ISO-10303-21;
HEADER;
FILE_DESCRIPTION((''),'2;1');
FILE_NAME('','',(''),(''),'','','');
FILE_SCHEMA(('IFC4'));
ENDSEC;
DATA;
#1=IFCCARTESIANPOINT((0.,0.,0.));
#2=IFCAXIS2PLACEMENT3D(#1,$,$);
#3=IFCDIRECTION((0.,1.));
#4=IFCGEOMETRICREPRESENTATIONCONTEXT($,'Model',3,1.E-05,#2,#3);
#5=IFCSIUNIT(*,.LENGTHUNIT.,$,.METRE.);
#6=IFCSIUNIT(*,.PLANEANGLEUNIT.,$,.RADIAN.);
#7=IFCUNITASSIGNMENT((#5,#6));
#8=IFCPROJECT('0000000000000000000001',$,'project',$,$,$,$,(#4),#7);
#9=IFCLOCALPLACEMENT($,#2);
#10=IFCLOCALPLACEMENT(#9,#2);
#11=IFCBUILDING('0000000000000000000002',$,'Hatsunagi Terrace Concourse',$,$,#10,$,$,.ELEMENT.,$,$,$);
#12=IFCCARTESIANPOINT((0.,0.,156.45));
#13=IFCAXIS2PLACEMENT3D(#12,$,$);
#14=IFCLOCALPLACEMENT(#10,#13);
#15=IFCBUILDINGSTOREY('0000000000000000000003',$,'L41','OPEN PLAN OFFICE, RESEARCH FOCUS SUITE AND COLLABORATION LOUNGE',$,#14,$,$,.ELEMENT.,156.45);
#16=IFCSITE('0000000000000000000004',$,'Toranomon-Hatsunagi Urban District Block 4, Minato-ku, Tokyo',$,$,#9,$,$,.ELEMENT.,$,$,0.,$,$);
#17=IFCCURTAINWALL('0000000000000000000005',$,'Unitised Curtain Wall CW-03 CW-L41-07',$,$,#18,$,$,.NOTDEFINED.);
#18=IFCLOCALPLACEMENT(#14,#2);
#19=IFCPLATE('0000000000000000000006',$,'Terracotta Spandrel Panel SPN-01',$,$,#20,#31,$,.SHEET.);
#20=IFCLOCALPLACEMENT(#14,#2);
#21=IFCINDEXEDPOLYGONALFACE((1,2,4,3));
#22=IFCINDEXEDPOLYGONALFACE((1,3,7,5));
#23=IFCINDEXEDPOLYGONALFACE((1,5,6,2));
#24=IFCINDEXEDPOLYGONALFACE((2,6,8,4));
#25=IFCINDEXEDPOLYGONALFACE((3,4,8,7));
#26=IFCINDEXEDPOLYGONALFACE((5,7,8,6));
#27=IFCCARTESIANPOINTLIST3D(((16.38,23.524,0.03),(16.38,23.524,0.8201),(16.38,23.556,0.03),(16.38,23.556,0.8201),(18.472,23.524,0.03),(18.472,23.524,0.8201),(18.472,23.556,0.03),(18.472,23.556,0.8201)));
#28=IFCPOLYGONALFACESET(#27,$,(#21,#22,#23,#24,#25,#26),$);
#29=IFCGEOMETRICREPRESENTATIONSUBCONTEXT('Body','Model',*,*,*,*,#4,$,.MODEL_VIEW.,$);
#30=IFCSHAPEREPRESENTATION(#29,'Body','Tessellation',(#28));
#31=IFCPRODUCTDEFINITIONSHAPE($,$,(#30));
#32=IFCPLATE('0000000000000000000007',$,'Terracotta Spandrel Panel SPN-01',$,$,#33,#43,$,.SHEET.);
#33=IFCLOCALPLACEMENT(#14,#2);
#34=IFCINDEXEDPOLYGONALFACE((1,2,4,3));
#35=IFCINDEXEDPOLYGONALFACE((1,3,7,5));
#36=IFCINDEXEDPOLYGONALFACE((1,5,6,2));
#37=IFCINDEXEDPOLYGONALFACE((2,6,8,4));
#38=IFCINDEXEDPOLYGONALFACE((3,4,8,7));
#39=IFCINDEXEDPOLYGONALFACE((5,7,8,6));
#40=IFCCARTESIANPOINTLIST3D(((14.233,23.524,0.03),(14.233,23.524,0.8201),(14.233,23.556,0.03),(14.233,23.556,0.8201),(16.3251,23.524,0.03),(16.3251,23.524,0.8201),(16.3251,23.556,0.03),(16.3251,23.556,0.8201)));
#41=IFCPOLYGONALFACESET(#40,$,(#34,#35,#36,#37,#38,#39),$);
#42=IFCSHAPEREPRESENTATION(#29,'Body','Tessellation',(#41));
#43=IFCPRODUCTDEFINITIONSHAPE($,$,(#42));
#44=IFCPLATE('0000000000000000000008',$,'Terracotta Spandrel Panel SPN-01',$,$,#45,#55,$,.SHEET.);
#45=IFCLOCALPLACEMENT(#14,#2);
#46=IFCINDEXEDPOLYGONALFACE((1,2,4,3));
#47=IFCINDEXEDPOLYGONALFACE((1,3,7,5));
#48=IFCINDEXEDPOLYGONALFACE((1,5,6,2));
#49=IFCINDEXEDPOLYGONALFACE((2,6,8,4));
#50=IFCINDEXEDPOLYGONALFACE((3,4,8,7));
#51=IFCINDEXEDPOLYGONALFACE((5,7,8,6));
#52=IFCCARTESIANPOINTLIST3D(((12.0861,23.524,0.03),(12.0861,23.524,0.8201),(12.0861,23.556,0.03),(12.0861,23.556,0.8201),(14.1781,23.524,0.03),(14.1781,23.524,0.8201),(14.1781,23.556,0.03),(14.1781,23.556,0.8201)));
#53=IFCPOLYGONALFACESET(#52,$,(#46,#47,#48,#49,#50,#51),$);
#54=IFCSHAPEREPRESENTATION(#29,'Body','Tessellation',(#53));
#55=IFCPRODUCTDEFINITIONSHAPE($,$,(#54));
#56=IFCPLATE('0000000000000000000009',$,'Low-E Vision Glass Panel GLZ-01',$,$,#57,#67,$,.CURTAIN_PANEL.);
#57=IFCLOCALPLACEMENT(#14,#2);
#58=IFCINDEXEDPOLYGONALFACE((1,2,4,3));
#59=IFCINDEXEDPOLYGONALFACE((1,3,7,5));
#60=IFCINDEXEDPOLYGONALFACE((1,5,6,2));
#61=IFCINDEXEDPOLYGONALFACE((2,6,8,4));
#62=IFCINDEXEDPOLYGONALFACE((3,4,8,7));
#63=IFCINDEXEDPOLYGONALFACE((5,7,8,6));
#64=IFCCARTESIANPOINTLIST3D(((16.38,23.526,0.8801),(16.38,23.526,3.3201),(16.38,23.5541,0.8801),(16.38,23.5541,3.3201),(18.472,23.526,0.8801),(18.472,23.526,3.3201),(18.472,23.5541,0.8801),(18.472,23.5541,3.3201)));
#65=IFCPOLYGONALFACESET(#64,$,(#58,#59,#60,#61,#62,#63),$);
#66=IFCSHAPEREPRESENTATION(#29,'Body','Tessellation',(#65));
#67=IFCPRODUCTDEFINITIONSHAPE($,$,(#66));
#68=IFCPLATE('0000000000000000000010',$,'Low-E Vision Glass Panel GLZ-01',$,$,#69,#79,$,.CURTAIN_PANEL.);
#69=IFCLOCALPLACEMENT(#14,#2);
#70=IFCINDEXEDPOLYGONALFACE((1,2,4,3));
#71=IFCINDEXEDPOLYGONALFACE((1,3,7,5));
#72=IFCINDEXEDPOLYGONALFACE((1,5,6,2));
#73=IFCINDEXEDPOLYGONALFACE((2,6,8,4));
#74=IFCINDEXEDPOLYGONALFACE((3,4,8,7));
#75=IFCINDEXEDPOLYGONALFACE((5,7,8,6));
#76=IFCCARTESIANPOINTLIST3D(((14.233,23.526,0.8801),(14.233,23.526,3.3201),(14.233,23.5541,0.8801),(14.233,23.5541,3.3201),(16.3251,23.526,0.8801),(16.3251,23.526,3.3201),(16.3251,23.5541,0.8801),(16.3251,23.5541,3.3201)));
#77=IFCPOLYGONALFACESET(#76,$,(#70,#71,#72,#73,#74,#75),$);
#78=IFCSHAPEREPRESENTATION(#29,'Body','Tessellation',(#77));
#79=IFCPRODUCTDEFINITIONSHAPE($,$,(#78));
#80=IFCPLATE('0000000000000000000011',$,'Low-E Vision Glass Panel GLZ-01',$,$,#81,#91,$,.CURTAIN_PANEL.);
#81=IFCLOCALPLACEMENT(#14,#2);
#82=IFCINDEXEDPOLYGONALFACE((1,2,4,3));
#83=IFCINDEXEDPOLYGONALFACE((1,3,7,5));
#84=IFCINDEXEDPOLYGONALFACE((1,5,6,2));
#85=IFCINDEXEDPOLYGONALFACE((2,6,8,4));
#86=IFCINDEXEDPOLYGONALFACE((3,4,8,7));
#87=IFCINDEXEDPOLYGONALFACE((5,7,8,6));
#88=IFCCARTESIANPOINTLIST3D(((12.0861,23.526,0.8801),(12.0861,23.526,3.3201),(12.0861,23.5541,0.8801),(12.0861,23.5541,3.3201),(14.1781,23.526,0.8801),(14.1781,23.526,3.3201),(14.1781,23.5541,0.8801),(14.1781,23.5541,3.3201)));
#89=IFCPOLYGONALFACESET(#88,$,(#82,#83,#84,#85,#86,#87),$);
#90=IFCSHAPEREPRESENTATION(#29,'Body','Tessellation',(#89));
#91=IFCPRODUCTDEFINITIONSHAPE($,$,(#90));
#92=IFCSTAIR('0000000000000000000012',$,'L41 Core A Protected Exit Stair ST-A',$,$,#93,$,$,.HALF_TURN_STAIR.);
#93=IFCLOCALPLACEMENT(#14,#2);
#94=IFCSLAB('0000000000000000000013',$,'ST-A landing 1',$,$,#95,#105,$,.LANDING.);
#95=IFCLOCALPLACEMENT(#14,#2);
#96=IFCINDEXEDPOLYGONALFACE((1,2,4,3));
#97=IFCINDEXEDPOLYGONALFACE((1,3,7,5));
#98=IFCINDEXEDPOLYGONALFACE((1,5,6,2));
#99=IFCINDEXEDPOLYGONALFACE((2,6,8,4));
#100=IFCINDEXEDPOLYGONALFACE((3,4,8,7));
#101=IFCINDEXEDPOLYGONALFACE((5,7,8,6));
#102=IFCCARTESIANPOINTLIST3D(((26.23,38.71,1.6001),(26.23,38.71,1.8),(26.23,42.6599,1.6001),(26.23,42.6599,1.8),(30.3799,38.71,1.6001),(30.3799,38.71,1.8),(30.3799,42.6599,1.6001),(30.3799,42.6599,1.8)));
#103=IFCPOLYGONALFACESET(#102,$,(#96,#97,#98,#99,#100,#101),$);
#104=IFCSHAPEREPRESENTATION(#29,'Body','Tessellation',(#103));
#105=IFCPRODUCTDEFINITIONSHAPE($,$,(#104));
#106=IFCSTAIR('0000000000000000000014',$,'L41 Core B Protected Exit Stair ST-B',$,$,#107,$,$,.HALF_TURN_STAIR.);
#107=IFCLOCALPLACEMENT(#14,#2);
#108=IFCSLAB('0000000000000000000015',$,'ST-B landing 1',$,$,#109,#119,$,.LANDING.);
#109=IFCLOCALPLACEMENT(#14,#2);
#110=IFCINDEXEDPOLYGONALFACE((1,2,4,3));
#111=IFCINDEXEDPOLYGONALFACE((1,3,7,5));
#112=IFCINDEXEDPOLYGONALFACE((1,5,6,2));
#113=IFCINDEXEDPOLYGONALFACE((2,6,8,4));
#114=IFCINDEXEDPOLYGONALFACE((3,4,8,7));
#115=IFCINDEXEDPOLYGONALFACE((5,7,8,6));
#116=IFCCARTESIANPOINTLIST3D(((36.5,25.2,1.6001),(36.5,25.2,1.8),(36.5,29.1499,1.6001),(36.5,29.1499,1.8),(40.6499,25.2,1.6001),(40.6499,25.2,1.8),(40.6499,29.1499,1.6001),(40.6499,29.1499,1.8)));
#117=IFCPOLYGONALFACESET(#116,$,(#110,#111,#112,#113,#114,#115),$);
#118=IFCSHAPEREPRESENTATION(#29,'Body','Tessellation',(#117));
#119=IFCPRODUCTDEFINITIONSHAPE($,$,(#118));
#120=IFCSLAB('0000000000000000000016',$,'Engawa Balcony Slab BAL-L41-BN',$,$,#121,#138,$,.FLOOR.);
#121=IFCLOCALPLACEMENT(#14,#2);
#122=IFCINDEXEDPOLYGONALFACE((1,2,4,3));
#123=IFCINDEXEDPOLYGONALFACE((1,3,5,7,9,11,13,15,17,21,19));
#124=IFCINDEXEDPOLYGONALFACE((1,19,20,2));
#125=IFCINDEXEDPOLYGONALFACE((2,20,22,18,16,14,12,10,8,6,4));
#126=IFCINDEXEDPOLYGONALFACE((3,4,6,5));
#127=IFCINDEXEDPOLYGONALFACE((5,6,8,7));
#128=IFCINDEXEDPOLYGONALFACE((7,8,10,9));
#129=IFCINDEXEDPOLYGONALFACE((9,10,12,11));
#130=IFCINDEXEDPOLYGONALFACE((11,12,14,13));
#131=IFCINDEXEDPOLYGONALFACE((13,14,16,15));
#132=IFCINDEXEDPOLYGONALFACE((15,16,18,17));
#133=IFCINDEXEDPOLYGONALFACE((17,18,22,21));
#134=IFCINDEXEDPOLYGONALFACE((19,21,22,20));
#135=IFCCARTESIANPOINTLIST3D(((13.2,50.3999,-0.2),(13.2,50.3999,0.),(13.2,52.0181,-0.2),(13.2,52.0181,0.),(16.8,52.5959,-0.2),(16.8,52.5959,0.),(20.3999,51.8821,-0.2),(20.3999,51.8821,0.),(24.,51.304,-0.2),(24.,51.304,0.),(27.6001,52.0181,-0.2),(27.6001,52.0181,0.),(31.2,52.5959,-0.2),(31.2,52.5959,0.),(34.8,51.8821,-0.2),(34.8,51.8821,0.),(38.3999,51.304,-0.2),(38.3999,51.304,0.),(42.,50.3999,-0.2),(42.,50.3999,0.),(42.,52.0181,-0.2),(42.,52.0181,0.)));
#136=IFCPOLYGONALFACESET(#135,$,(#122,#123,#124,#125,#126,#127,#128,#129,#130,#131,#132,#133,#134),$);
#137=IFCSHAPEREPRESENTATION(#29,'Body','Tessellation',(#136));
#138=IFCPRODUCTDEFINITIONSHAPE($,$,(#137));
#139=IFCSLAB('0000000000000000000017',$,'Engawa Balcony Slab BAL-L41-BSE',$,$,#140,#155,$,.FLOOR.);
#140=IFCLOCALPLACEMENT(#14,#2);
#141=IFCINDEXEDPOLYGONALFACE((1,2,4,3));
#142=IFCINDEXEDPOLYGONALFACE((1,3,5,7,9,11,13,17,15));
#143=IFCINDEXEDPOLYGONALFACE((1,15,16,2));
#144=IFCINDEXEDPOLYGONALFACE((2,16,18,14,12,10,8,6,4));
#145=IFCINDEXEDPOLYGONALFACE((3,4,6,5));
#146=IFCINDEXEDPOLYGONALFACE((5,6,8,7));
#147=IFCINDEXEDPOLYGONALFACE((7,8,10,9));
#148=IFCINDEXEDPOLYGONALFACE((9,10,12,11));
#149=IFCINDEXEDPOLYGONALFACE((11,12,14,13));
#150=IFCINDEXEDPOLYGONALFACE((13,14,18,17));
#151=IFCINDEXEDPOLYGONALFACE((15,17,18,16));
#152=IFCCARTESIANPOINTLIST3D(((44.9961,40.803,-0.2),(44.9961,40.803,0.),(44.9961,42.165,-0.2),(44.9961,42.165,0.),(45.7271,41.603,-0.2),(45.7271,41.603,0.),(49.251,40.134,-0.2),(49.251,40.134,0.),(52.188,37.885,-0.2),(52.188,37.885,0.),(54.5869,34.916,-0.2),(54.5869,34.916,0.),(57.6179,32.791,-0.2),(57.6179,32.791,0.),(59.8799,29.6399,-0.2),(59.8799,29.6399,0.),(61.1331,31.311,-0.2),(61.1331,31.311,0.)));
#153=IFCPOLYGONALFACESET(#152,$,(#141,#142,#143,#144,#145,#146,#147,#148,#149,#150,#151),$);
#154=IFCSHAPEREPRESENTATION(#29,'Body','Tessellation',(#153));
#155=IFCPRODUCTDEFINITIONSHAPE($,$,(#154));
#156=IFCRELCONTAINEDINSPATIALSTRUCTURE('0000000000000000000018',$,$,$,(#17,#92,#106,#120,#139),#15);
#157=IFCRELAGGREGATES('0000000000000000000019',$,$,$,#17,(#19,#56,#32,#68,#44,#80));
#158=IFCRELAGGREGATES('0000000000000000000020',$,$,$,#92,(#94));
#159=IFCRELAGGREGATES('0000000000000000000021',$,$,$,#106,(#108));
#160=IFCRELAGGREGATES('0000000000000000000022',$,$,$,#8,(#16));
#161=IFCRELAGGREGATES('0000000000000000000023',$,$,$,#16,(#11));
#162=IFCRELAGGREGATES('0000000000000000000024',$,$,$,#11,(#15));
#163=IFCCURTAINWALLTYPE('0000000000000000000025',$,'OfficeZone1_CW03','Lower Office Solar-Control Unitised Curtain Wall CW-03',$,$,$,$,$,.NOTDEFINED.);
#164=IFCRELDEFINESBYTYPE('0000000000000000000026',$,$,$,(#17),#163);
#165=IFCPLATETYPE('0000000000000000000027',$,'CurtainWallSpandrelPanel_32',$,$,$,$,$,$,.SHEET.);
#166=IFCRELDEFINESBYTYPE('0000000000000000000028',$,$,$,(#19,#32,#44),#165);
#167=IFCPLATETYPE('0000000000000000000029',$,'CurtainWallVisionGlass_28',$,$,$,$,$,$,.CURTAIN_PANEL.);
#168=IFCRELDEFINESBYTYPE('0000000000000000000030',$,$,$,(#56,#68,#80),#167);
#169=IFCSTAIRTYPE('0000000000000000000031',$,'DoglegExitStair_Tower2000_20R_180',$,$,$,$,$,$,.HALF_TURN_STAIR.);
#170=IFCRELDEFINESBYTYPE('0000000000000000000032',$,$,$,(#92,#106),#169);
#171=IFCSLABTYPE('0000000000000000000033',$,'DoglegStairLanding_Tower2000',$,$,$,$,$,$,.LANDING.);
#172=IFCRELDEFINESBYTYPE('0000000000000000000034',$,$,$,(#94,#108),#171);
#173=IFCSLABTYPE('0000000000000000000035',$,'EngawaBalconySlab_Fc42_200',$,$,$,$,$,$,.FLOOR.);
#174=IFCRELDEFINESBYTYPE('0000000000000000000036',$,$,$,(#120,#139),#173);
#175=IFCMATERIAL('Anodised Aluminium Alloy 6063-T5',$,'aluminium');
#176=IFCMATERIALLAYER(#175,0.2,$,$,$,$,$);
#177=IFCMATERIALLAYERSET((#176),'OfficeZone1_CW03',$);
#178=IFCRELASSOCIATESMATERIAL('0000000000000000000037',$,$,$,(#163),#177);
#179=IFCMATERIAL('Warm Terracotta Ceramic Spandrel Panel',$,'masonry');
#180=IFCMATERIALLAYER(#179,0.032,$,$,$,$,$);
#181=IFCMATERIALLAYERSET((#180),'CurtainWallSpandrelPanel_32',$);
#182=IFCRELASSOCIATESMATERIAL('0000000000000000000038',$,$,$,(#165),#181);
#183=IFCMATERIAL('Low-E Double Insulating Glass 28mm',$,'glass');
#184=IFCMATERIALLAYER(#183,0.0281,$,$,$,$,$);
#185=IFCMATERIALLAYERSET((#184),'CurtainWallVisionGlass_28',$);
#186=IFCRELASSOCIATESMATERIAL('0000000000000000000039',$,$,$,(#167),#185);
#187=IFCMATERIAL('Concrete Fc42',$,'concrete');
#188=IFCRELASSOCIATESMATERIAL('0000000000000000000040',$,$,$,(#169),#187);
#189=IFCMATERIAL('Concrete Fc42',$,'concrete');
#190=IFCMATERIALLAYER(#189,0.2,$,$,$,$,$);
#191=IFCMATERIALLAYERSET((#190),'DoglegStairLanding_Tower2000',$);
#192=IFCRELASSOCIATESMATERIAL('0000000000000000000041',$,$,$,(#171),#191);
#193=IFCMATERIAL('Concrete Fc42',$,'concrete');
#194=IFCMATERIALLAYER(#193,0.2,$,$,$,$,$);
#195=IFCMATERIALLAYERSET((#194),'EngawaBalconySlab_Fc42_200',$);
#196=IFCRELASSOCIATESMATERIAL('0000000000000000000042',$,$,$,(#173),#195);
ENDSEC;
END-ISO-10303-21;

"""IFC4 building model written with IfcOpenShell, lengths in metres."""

from ifc_helpers import new_model, si_unit, direction, frame, origin, origin_2d, place, context, subcontext, project, spatial, polyline, rectangle, outline, extrude, material, layer, layer_set, type_object, element, aggregate, save


model = new_model("IFC4")

# Units and contexts
model_context = context("Model", 3, precision=1e-05, world=origin(), true_north=direction((0.0, 1.0)))
body_context = subcontext(model_context, "Body", "Model", "MODEL_VIEW")
ifc_project = project(units=[si_unit("LENGTHUNIT", "METRE"), si_unit("PLANEANGLEUNIT", "RADIAN")], contexts=[model_context])

# Site, building, storey
site_placement = place(None, origin())
site = spatial("IfcSite", under=ifc_project, at=site_placement, Name="Toranomon-Hatsunagi Urban District Block 4, Minato-ku, Tokyo", CompositionType="ELEMENT", RefElevation=0.0)
building_placement = place(site_placement, origin())
building = spatial("IfcBuilding", under=site, at=building_placement, Name="Hatsunagi Terrace Concourse", CompositionType="ELEMENT")
storey_placement = place(building_placement, frame((0.0, 0.0, 156.45)))
storey = spatial("IfcBuildingStorey", under=building, at=storey_placement, Name="L41", Description="OPEN PLAN OFFICE, RESEARCH FOCUS SUITE AND COLLABORATION LOUNGE", CompositionType="ELEMENT", Elevation=156.45)

# Curtain wall
ifc_material_1 = material(Name="Anodised Aluminium Alloy 6063-T5", Category="aluminium")
ifc_layer_1 = layer(ifc_material_1, 0.2)
ifc_layer_set_1 = layer_set([ifc_layer_1], Name="OfficeZone1_CW03")
curtain_wall_type = type_object("IfcCurtainWallType", Name="OfficeZone1_CW03", Description="Lower Office Solar-Control Unitised Curtain Wall CW-03", PredefinedType="NOTDEFINED", material=ifc_layer_set_1)
curtain_wall_placement = place(storey_placement, origin())
curtain_wall = element("IfcCurtainWall", 1, at=curtain_wall_placement, inside=storey, type_object=curtain_wall_type, Name="Unitised Curtain Wall CW-03 CW-L41-07", PredefinedType="NOTDEFINED")

# Plates
ifc_material_2 = material(Name="Warm Terracotta Ceramic Spandrel Panel", Category="masonry")
ifc_layer_2 = layer(ifc_material_2, 0.032)
ifc_layer_set_2 = layer_set([ifc_layer_2], Name="CurtainWallSpandrelPanel_32")
plate_type_1 = type_object("IfcPlateType", Name="CurtainWallSpandrelPanel_32", PredefinedType="SHEET", material=ifc_layer_set_2)
plate_1_placement = place(storey_placement, frame((17.426, 23.54, 0.03), z_axis=(0.0, 0.0, 1.0), x_axis=(-1.0, 0.0, 0.0)))
plate_1 = element("IfcPlate", 2, at=plate_1_placement, type_object=plate_type_1, Name="Terracotta Spandrel Panel SPN-01", PredefinedType="SHEET", context=body_context, shape_type="SweptSolid", body=[
    extrude(rectangle(XDim=2.092, YDim=0.032, at=origin_2d()), origin(), (0.0, 0.0, 1.0), 0.79),
])
plate_2_placement = place(storey_placement, frame((15.2791, 23.54, 0.03), z_axis=(0.0, 0.0, 1.0), x_axis=(-1.0, 0.0, 0.0)))
plate_2 = element("IfcPlate", 3, at=plate_2_placement, type_object=plate_type_1, Name="Terracotta Spandrel Panel SPN-01", PredefinedType="SHEET", context=body_context, shape_type="SweptSolid", body=[
    extrude(rectangle(XDim=2.092, YDim=0.032, at=origin_2d()), origin(), (0.0, 0.0, 1.0), 0.79),
])
plate_3_placement = place(storey_placement, frame((13.1321, 23.54, 0.03), z_axis=(0.0, 0.0, 1.0), x_axis=(-1.0, 0.0, 0.0)))
plate_3 = element("IfcPlate", 4, at=plate_3_placement, type_object=plate_type_1, Name="Terracotta Spandrel Panel SPN-01", PredefinedType="SHEET", context=body_context, shape_type="SweptSolid", body=[
    extrude(rectangle(XDim=2.092, YDim=0.032, at=origin_2d()), origin(), (0.0, 0.0, 1.0), 0.79),
])
ifc_material_3 = material(Name="Low-E Double Insulating Glass 28mm", Category="glass")
ifc_layer_3 = layer(ifc_material_3, 0.0281)
ifc_layer_set_3 = layer_set([ifc_layer_3], Name="CurtainWallVisionGlass_28")
plate_type_2 = type_object("IfcPlateType", Name="CurtainWallVisionGlass_28", PredefinedType="CURTAIN_PANEL", material=ifc_layer_set_3)
plate_4_placement = place(storey_placement, frame((17.426, 23.54, 0.8801), z_axis=(0.0, 0.0, 1.0), x_axis=(-1.0, 0.0, 0.0)))
plate_4 = element("IfcPlate", 5, at=plate_4_placement, type_object=plate_type_2, Name="Low-E Vision Glass Panel GLZ-01", PredefinedType="CURTAIN_PANEL", context=body_context, shape_type="SweptSolid", body=[
    extrude(rectangle(XDim=2.092, YDim=0.0281, at=origin_2d()), origin(), (0.0, 0.0, 1.0), 2.4399),
])
plate_5_placement = place(storey_placement, frame((15.2791, 23.54, 0.8801), z_axis=(0.0, 0.0, 1.0), x_axis=(-1.0, 0.0, 0.0)))
plate_5 = element("IfcPlate", 6, at=plate_5_placement, type_object=plate_type_2, Name="Low-E Vision Glass Panel GLZ-01", PredefinedType="CURTAIN_PANEL", context=body_context, shape_type="SweptSolid", body=[
    extrude(rectangle(XDim=2.092, YDim=0.0281, at=origin_2d()), origin(), (0.0, 0.0, 1.0), 2.4399),
])
plate_6_placement = place(storey_placement, frame((13.1321, 23.54, 0.8801), z_axis=(0.0, 0.0, 1.0), x_axis=(-1.0, 0.0, 0.0)))
plate_6 = element("IfcPlate", 7, at=plate_6_placement, type_object=plate_type_2, Name="Low-E Vision Glass Panel GLZ-01", PredefinedType="CURTAIN_PANEL", context=body_context, shape_type="SweptSolid", body=[
    extrude(rectangle(XDim=2.092, YDim=0.0281, at=origin_2d()), origin(), (0.0, 0.0, 1.0), 2.4399),
])
aggregate(curtain_wall, [plate_1, plate_4, plate_2, plate_5, plate_3, plate_6])

# Stairs, slabs
ifc_material_4 = material(Name="Concrete Fc42", Category="concrete")
stair_type = type_object("IfcStairType", Name="DoglegExitStair_Tower2000_20R_180", PredefinedType="HALF_TURN_STAIR", material=ifc_material_4)
stair_1_placement = place(storey_placement, origin())
stair_1 = element("IfcStair", 8, at=stair_1_placement, inside=storey, type_object=stair_type, Name="L41 Core A Protected Exit Stair ST-A", PredefinedType="HALF_TURN_STAIR")
ifc_material_5 = material(Name="Concrete Fc42", Category="concrete")
ifc_layer_4 = layer(ifc_material_5, 0.2)
ifc_layer_set_4 = layer_set([ifc_layer_4], Name="DoglegStairLanding_Tower2000")
slab_type_1 = type_object("IfcSlabType", Name="DoglegStairLanding_Tower2000", PredefinedType="LANDING", material=ifc_layer_set_4)
slab_1_placement = place(storey_placement, frame((0.0, 0.0, 1.6001)))
slab_1 = element("IfcSlab", 9, at=slab_1_placement, type_object=slab_type_1, Name="ST-A landing 1", PredefinedType="LANDING", context=body_context, shape_type="SweptSolid", body=[
    extrude(outline(polyline([(30.3799, 38.71), (30.3799, 42.6599), (26.23, 42.6599), (26.23, 38.71), (30.3799, 38.71)])), origin(), (0.0, 0.0, 1.0), 0.2),
])
aggregate(stair_1, [slab_1])
stair_2_placement = place(storey_placement, origin())
stair_2 = element("IfcStair", 10, at=stair_2_placement, inside=storey, type_object=stair_type, Name="L41 Core B Protected Exit Stair ST-B", PredefinedType="HALF_TURN_STAIR")
slab_2_placement = place(storey_placement, frame((0.0, 0.0, 1.6001)))
slab_2 = element("IfcSlab", 11, at=slab_2_placement, type_object=slab_type_1, Name="ST-B landing 1", PredefinedType="LANDING", context=body_context, shape_type="SweptSolid", body=[
    extrude(outline(polyline([(36.5, 29.1499), (36.5, 25.2), (40.6499, 25.2), (40.6499, 29.1499), (36.5, 29.1499)])), origin(), (0.0, 0.0, 1.0), 0.2),
])
aggregate(stair_2, [slab_2])

# Slabs
ifc_material_6 = material(Name="Concrete Fc42", Category="concrete")
ifc_layer_5 = layer(ifc_material_6, 0.2)
ifc_layer_set_5 = layer_set([ifc_layer_5], Name="EngawaBalconySlab_Fc42_200")
slab_type_2 = type_object("IfcSlabType", Name="EngawaBalconySlab_Fc42_200", PredefinedType="FLOOR", material=ifc_layer_set_5)
slab_3_placement = place(storey_placement, frame((0.0, 0.0, -0.2)))
element("IfcSlab", 12, at=slab_3_placement, inside=storey, type_object=slab_type_2, Name="Engawa Balcony Slab BAL-L41-BN", PredefinedType="FLOOR", context=body_context, shape_type="SweptSolid", body=[
    extrude(outline(polyline([(13.2, 52.0181), (13.2, 50.3999), (42.0, 50.3999), (42.0, 52.0181), (38.3999, 51.304), (34.8, 51.8821), (31.2, 52.5959), (27.6001, 52.0181), (24.0, 51.304), (20.3999, 51.8821), (16.8, 52.5959), (13.2, 52.0181)])), origin(), (0.0, 0.0, 1.0), 0.2),
])
slab_4_placement = place(storey_placement, frame((0.0, 0.0, -0.2)))
element("IfcSlab", 13, at=slab_4_placement, inside=storey, type_object=slab_type_2, Name="Engawa Balcony Slab BAL-L41-BSE", PredefinedType="FLOOR", context=body_context, shape_type="SweptSolid", body=[
    extrude(outline(polyline([(45.7271, 41.603), (44.9961, 42.165), (44.9961, 40.803), (59.8799, 29.6399), (61.1331, 31.311), (57.6179, 32.791), (54.5869, 34.916), (52.188, 37.885), (49.251, 40.134), (45.7271, 41.603)])), origin(), (0.0, 0.0, 1.0), 0.2),
])

save(model, "model.ifc")
